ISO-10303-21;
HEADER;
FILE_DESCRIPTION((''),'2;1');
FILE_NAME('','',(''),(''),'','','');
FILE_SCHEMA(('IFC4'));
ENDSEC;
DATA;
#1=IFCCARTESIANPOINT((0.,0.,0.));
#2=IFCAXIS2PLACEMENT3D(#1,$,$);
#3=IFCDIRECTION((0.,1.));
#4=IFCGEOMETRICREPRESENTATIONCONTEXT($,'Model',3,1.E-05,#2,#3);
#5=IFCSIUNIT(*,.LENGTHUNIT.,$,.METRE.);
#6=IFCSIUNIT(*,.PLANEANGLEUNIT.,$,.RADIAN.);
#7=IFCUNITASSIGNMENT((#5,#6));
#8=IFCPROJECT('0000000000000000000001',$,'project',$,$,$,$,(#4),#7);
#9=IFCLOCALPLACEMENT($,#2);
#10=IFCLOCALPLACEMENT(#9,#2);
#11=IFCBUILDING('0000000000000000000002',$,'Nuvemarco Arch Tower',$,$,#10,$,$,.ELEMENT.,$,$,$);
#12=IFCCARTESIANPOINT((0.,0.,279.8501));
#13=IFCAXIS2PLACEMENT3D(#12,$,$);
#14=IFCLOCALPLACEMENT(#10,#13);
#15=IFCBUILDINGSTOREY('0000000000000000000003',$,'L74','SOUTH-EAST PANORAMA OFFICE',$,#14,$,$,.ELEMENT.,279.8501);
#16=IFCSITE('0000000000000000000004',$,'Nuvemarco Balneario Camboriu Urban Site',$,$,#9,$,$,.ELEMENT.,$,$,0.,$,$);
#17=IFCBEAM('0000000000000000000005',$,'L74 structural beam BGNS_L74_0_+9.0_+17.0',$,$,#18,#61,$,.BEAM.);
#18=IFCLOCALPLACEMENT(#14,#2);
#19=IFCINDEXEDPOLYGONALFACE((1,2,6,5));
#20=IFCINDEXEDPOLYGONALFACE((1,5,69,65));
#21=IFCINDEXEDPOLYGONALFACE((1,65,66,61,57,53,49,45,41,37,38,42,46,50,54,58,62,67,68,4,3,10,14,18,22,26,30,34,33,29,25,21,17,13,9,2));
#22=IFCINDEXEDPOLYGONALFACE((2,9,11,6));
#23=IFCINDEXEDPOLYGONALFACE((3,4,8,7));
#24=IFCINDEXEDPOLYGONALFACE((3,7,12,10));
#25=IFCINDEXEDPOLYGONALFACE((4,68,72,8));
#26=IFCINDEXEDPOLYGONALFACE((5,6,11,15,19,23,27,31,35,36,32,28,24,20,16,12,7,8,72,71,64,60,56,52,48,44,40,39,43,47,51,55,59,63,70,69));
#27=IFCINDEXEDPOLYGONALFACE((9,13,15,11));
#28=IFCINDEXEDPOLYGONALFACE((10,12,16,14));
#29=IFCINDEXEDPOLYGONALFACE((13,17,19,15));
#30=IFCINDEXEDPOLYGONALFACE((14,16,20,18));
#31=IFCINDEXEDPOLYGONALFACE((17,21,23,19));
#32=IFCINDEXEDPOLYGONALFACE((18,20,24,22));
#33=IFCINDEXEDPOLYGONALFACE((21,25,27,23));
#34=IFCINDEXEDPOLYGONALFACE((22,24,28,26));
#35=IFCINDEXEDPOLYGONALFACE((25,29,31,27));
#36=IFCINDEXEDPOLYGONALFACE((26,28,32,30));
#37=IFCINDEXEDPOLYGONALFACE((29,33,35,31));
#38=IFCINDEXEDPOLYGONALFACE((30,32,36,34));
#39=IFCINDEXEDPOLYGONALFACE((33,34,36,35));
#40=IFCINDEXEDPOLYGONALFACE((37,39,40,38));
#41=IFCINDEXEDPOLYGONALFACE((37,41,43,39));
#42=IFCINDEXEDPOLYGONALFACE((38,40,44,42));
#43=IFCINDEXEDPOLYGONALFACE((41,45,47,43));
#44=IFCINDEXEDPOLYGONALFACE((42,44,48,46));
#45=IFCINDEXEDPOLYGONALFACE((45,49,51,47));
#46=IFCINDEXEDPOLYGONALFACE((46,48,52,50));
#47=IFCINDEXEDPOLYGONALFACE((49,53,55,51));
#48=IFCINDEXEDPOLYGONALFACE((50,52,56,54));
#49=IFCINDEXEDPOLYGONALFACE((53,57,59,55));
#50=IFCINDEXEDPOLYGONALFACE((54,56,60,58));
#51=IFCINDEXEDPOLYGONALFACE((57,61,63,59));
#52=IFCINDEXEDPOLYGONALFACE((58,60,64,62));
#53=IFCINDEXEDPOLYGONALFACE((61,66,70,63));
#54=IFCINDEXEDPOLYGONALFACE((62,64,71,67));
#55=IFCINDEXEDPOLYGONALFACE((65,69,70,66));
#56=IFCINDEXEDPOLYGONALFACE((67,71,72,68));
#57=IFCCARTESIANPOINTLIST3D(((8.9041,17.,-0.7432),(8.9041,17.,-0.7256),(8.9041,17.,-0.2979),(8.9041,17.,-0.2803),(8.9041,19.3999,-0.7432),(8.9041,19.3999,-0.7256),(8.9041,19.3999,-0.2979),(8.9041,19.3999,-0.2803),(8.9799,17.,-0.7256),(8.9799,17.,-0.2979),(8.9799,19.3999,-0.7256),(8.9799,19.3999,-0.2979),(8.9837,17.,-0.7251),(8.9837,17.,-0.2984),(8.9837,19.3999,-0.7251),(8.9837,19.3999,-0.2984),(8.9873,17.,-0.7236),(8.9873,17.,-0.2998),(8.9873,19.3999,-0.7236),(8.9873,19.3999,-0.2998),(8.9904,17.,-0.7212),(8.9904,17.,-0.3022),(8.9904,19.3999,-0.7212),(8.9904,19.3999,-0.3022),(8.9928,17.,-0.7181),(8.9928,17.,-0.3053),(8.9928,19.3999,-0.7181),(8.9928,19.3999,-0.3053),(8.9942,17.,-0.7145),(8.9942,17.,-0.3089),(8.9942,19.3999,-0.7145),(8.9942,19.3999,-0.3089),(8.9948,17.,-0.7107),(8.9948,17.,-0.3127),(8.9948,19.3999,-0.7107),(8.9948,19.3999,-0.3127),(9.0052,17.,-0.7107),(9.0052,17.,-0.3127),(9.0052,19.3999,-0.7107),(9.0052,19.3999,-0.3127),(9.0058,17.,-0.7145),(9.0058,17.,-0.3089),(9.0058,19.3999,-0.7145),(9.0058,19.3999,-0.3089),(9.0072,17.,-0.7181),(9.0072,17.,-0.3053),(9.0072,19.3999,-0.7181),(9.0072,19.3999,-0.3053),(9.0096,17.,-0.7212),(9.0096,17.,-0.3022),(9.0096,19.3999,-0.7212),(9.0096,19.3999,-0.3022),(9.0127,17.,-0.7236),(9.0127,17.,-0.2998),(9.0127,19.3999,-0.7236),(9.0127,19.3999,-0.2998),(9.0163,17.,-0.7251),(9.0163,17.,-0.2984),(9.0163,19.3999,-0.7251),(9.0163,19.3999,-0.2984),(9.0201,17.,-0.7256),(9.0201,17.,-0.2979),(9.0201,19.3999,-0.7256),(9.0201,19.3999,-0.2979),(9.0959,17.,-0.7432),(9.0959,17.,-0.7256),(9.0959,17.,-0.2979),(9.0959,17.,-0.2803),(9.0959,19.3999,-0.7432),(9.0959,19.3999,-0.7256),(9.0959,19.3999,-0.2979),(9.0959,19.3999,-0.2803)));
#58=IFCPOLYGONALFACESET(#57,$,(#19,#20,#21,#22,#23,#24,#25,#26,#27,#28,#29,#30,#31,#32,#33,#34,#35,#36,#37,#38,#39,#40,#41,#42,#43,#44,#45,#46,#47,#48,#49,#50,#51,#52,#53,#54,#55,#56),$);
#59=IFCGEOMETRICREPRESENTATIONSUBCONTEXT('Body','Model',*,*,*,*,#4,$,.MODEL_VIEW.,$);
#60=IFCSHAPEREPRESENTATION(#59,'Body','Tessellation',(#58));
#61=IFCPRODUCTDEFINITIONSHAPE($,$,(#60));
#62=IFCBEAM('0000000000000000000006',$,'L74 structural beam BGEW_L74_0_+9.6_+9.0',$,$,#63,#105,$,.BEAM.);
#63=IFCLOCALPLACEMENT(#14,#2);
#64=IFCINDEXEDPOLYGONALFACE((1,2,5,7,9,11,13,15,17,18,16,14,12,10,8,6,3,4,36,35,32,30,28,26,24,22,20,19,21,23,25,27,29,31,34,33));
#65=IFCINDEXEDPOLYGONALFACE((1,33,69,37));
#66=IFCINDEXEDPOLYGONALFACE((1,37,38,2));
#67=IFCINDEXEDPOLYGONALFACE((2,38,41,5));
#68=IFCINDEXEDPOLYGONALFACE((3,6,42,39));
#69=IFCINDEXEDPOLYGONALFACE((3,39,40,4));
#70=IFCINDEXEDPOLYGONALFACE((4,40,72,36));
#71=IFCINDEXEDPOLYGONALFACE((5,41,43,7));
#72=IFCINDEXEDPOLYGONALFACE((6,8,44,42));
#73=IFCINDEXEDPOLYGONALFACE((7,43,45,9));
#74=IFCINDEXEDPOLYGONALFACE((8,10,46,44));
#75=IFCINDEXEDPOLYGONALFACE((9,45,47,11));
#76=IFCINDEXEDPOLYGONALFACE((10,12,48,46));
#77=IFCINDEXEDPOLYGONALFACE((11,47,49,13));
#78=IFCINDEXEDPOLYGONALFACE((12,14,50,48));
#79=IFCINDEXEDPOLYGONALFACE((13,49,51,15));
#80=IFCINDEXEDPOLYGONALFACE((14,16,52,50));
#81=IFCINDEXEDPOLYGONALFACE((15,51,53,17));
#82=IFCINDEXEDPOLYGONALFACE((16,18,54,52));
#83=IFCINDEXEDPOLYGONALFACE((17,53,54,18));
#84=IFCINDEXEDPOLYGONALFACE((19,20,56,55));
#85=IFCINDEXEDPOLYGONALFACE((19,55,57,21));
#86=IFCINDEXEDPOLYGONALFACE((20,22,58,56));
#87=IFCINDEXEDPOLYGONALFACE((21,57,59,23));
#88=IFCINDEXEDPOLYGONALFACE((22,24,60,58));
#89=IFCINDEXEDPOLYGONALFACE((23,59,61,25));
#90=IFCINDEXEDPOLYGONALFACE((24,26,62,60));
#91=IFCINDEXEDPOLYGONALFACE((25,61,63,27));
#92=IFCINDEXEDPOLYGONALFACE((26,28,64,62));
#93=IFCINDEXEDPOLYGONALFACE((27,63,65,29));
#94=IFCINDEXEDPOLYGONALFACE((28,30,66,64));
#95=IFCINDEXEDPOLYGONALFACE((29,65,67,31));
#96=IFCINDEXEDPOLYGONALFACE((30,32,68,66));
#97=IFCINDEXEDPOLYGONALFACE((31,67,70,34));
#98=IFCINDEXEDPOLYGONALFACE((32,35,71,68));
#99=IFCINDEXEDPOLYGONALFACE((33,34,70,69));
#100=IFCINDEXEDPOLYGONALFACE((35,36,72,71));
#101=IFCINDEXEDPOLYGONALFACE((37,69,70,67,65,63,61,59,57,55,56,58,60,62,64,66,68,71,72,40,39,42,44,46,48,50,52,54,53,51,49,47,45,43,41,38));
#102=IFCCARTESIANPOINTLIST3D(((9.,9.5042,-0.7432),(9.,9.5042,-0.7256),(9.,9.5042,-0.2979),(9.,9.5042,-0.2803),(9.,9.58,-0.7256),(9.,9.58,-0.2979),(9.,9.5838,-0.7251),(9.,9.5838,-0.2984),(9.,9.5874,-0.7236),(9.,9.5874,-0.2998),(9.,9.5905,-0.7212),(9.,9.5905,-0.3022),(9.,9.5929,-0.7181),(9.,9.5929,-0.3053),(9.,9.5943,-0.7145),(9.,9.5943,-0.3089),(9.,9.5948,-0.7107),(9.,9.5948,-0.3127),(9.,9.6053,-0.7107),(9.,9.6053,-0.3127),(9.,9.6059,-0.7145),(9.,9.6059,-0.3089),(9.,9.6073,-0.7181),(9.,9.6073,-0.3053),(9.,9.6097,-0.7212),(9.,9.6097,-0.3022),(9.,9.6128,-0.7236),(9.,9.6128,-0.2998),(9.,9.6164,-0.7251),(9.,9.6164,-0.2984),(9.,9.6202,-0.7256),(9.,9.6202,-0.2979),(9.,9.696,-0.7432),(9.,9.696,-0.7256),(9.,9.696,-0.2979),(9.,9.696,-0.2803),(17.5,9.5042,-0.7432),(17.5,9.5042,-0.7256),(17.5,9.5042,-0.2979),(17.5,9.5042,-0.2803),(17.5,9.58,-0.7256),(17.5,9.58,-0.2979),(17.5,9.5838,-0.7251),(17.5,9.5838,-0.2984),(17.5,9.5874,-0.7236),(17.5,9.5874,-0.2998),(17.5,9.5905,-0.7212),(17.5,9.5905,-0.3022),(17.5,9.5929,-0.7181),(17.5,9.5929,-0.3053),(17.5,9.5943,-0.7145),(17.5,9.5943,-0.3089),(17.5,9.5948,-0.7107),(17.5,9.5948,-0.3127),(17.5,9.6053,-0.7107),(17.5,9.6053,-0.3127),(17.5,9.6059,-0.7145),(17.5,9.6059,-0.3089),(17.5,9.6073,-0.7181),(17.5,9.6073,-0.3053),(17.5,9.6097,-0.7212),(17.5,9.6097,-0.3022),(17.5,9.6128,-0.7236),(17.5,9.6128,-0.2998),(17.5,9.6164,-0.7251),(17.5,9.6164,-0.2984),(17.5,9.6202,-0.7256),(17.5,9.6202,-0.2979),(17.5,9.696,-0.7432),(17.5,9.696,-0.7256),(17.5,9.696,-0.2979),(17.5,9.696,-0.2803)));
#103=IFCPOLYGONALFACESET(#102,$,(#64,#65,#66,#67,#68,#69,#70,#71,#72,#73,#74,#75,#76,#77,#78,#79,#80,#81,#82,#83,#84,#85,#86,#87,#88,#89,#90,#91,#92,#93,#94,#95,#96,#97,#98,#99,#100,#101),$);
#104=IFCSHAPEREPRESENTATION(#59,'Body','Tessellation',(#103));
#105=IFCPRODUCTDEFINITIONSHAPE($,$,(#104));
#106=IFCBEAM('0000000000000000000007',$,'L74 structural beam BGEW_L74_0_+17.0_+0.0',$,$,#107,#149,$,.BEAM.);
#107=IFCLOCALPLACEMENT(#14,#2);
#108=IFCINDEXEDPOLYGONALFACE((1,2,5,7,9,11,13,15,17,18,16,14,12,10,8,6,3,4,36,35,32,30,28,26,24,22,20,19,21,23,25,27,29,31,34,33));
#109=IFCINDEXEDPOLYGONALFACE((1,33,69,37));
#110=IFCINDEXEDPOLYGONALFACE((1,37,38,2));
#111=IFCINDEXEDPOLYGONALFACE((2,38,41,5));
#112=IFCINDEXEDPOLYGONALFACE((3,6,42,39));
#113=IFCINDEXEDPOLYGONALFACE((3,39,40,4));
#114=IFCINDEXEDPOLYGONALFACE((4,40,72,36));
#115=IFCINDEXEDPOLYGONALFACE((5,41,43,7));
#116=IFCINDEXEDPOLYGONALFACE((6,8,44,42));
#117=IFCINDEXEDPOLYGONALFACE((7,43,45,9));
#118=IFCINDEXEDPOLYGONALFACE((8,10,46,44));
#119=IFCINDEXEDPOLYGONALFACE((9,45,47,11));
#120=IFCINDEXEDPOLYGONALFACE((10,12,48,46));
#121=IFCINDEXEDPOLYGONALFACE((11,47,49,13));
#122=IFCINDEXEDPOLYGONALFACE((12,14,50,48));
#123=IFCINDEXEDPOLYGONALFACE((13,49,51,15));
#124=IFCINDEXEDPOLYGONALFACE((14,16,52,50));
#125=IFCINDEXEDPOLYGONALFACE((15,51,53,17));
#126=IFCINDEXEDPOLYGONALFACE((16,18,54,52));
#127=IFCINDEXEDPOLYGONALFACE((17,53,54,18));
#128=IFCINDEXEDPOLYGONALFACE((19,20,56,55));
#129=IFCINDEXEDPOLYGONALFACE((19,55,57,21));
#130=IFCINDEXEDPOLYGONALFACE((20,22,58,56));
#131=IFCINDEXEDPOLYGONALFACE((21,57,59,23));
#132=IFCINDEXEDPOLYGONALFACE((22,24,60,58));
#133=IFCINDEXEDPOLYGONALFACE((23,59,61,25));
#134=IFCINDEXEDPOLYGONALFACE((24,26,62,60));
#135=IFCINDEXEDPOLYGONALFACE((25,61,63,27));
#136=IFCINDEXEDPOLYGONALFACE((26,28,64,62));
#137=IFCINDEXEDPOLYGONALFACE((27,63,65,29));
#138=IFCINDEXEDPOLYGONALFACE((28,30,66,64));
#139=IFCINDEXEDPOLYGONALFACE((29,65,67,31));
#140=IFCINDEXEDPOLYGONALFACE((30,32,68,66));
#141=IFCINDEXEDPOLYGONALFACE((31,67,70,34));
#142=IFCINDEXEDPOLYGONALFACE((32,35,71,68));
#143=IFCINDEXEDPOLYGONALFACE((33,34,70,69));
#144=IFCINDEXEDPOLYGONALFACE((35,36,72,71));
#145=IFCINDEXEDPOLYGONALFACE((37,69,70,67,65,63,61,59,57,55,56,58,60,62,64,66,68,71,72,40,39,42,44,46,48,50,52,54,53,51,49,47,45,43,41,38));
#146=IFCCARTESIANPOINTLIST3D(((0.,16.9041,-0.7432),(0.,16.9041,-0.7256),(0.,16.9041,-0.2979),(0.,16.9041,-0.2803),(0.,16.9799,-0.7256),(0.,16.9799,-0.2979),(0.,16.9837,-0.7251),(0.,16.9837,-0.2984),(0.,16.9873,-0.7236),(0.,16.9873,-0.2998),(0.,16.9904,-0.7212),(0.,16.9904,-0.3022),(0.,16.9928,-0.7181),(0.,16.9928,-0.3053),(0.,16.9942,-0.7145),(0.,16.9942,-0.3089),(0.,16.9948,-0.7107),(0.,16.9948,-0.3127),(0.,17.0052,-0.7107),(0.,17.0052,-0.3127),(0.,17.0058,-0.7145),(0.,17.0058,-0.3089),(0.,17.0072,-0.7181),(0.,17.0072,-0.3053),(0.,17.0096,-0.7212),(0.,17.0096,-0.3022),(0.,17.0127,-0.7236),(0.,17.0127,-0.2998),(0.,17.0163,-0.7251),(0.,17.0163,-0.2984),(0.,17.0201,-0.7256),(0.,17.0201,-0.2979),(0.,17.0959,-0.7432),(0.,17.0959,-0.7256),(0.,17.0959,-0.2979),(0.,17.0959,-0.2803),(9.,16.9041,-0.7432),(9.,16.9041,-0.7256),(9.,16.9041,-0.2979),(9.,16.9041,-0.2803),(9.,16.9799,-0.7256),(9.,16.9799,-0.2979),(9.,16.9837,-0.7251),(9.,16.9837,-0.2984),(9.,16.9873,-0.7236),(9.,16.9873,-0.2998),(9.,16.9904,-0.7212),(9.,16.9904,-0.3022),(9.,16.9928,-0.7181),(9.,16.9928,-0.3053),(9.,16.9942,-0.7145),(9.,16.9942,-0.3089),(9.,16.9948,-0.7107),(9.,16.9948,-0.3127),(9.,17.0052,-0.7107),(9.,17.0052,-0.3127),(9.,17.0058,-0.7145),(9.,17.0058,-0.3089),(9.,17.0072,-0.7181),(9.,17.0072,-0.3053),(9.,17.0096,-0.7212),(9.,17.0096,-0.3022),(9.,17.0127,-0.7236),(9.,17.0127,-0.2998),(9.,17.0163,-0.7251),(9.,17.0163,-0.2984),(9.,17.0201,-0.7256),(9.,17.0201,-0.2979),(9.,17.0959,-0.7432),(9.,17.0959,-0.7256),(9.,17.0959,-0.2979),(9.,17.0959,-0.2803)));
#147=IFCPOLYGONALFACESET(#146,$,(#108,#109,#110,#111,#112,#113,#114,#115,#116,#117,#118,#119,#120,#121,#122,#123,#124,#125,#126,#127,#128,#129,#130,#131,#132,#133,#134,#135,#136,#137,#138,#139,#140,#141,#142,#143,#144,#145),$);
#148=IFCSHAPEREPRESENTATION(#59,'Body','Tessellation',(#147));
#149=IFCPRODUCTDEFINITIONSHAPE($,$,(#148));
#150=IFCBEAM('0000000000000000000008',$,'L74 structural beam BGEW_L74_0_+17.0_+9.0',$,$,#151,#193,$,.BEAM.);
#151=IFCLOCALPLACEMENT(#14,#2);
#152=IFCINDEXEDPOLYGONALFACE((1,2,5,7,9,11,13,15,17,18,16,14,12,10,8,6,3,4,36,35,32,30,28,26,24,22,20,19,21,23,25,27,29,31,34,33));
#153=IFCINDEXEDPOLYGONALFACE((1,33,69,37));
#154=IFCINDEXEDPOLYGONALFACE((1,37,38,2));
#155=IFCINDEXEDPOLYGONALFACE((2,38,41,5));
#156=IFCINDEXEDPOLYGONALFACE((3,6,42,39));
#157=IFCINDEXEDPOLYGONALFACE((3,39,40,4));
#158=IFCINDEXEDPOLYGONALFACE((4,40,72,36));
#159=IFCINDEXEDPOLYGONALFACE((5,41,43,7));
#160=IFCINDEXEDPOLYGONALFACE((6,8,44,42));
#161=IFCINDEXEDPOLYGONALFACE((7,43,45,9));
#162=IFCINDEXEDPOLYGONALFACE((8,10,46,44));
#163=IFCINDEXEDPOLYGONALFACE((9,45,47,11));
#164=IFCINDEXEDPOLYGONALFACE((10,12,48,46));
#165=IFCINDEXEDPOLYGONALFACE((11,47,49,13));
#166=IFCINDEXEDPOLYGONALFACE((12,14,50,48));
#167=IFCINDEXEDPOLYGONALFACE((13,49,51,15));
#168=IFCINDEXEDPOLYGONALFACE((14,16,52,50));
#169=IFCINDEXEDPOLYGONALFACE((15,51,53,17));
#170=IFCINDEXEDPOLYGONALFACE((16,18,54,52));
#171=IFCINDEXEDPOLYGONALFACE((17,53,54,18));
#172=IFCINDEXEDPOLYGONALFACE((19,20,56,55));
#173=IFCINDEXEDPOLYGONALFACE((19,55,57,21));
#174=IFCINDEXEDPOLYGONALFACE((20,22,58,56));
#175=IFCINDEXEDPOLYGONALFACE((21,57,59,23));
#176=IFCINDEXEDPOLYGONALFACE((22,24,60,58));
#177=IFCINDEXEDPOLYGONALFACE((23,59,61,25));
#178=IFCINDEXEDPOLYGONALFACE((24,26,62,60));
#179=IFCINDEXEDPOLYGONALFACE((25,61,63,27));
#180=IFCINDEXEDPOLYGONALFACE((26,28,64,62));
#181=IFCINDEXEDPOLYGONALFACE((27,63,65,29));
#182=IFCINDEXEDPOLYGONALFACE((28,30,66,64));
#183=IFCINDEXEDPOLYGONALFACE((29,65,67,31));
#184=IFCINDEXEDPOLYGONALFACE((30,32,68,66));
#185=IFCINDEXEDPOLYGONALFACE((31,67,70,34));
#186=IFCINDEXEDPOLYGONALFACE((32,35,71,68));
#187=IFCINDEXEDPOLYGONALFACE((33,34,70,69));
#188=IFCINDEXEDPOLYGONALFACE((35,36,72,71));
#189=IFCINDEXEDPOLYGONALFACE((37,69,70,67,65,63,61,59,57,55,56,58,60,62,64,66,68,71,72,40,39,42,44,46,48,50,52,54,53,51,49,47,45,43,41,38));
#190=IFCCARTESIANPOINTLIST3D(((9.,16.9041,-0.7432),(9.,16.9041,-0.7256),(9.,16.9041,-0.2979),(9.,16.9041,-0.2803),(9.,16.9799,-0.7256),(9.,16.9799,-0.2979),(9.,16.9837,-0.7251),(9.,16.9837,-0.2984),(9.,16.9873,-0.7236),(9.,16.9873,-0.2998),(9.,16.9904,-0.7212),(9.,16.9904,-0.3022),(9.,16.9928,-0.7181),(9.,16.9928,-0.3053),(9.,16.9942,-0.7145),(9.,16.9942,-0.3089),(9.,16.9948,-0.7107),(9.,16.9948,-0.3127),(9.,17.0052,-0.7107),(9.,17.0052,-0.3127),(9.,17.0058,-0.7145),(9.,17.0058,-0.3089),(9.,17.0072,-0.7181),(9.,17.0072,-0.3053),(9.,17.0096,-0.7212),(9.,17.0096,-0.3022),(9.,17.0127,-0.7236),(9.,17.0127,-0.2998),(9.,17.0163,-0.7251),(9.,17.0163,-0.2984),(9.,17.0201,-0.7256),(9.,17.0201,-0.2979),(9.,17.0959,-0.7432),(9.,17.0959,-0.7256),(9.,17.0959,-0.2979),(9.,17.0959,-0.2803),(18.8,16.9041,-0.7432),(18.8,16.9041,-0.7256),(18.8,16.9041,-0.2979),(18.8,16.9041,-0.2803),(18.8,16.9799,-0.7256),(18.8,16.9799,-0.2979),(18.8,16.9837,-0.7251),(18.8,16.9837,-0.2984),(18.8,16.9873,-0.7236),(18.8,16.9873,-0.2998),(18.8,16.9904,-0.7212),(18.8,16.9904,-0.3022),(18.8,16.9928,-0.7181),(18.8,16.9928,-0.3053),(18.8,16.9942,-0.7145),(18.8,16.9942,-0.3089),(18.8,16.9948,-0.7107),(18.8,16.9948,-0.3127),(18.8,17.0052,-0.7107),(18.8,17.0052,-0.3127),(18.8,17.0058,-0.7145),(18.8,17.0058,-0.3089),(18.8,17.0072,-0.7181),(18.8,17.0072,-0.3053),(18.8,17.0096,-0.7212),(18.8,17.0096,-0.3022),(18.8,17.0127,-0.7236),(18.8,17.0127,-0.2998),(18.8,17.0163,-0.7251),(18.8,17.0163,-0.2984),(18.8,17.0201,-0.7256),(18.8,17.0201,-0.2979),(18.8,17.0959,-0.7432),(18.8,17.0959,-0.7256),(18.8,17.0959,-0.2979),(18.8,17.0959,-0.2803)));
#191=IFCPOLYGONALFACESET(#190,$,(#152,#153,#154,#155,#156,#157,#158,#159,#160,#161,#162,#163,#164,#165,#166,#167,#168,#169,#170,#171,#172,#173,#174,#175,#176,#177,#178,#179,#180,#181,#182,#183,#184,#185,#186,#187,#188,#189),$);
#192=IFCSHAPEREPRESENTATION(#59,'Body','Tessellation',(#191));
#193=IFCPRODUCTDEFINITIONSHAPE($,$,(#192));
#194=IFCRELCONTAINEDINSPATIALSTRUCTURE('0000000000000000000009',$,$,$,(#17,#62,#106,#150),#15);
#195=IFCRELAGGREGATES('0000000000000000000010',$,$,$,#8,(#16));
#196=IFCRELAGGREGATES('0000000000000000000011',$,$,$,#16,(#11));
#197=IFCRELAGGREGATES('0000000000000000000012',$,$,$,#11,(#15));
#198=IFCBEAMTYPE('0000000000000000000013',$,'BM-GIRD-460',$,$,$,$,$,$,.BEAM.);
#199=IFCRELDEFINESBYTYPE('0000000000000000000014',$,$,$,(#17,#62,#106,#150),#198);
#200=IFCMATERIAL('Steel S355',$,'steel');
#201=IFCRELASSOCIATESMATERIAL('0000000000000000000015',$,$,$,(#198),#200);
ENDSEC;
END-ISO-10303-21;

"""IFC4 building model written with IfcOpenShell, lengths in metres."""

from ifc_helpers import new_model, si_unit, direction, frame, origin, origin_2d, place, context, subcontext, project, spatial, i_section, extrude, material, material_profile, profile_set, type_object, element, save


model = new_model("IFC4")

# Units and contexts
model_context = context("Model", 3, precision=1e-05, world=origin(), true_north=direction((0.0, 1.0)))
body_context = subcontext(model_context, "Body", "Model", "MODEL_VIEW")
ifc_project = project(units=[si_unit("LENGTHUNIT", "METRE"), si_unit("PLANEANGLEUNIT", "RADIAN")], contexts=[model_context])

# Site, building, storey
site_placement = place(None, origin())
site = spatial("IfcSite", under=ifc_project, at=site_placement, Name="Nuvemarco Balneario Camboriu Urban Site", CompositionType="ELEMENT", RefElevation=0.0)
building_placement = place(site_placement, origin())
building = spatial("IfcBuilding", under=site, at=building_placement, Name="Nuvemarco Arch Tower", CompositionType="ELEMENT")
storey_placement = place(building_placement, frame((0.0, 0.0, 279.8501)))
storey = spatial("IfcBuildingStorey", under=building, at=storey_placement, Name="L74", Description="SOUTH-EAST PANORAMA OFFICE", CompositionType="ELEMENT", Elevation=279.8501)

# Shared definitions
ifc_material_1 = material(Name="Steel S355", Category="steel")

# Beams
ifc_material_profile_1 = material_profile(ifc_material_1, i_section(OverallWidth=0.1919, OverallDepth=0.4629, WebThickness=0.0105, FlangeThickness=0.0176, FilletRadius=0.0149, at=origin_2d()), Name="W460x89")
ifc_profile_set_1 = profile_set([ifc_material_profile_1], Name="Steel S355")
beam_type_1 = type_object("IfcBeamType", Name="BM-GIRD-460", PredefinedType="BEAM", material=ifc_profile_set_1)
beam_1_placement = place(storey_placement, frame((9.0, 17.0, -0.5117), z_axis=(0.0, 1.0, 0.0), x_axis=(-1.0, 0.0, 0.0)))
element("IfcBeam", 1, at=beam_1_placement, inside=storey, type_object=beam_type_1, Name="L74 structural beam BGNS_L74_0_+9.0_+17.0", PredefinedType="BEAM", context=body_context, shape_type="SweptSolid", body=[
    extrude(i_section(OverallWidth=0.1919, OverallDepth=0.4629, WebThickness=0.0105, FlangeThickness=0.0176, FilletRadius=0.0149, at=origin_2d()), origin(), (0.0, 0.0, 1.0), 2.3999),
])
beam_2_placement = place(storey_placement, frame((9.0, 9.6001, -0.5117), z_axis=(1.0, 0.0, 0.0), x_axis=(0.0, 1.0, 0.0)))
element("IfcBeam", 2, at=beam_2_placement, inside=storey, type_object=beam_type_1, Name="L74 structural beam BGEW_L74_0_+9.6_+9.0", PredefinedType="BEAM", context=body_context, shape_type="SweptSolid", body=[
    extrude(i_section(OverallWidth=0.1919, OverallDepth=0.4629, WebThickness=0.0105, FlangeThickness=0.0176, FilletRadius=0.0149, at=origin_2d()), origin(), (0.0, 0.0, 1.0), 8.5),
])
beam_3_placement = place(storey_placement, frame((0.0, 17.0, -0.5117), z_axis=(1.0, 0.0, 0.0), x_axis=(0.0, 1.0, 0.0)))
element("IfcBeam", 3, at=beam_3_placement, inside=storey, type_object=beam_type_1, Name="L74 structural beam BGEW_L74_0_+17.0_+0.0", PredefinedType="BEAM", context=body_context, shape_type="SweptSolid", body=[
    extrude(i_section(OverallWidth=0.1919, OverallDepth=0.4629, WebThickness=0.0105, FlangeThickness=0.0176, FilletRadius=0.0149, at=origin_2d()), origin(), (0.0, 0.0, 1.0), 9.0),
])
beam_4_placement = place(storey_placement, frame((9.0, 17.0, -0.5117), z_axis=(1.0, 0.0, 0.0), x_axis=(0.0, 1.0, 0.0)))
element("IfcBeam", 4, at=beam_4_placement, inside=storey, type_object=beam_type_1, Name="L74 structural beam BGEW_L74_0_+17.0_+9.0", PredefinedType="BEAM", context=body_context, shape_type="SweptSolid", body=[
    extrude(i_section(OverallWidth=0.1919, OverallDepth=0.4629, WebThickness=0.0105, FlangeThickness=0.0176, FilletRadius=0.0149, at=origin_2d()), origin(), (0.0, 0.0, 1.0), 9.8),
])

save(model, "model.ifc")
